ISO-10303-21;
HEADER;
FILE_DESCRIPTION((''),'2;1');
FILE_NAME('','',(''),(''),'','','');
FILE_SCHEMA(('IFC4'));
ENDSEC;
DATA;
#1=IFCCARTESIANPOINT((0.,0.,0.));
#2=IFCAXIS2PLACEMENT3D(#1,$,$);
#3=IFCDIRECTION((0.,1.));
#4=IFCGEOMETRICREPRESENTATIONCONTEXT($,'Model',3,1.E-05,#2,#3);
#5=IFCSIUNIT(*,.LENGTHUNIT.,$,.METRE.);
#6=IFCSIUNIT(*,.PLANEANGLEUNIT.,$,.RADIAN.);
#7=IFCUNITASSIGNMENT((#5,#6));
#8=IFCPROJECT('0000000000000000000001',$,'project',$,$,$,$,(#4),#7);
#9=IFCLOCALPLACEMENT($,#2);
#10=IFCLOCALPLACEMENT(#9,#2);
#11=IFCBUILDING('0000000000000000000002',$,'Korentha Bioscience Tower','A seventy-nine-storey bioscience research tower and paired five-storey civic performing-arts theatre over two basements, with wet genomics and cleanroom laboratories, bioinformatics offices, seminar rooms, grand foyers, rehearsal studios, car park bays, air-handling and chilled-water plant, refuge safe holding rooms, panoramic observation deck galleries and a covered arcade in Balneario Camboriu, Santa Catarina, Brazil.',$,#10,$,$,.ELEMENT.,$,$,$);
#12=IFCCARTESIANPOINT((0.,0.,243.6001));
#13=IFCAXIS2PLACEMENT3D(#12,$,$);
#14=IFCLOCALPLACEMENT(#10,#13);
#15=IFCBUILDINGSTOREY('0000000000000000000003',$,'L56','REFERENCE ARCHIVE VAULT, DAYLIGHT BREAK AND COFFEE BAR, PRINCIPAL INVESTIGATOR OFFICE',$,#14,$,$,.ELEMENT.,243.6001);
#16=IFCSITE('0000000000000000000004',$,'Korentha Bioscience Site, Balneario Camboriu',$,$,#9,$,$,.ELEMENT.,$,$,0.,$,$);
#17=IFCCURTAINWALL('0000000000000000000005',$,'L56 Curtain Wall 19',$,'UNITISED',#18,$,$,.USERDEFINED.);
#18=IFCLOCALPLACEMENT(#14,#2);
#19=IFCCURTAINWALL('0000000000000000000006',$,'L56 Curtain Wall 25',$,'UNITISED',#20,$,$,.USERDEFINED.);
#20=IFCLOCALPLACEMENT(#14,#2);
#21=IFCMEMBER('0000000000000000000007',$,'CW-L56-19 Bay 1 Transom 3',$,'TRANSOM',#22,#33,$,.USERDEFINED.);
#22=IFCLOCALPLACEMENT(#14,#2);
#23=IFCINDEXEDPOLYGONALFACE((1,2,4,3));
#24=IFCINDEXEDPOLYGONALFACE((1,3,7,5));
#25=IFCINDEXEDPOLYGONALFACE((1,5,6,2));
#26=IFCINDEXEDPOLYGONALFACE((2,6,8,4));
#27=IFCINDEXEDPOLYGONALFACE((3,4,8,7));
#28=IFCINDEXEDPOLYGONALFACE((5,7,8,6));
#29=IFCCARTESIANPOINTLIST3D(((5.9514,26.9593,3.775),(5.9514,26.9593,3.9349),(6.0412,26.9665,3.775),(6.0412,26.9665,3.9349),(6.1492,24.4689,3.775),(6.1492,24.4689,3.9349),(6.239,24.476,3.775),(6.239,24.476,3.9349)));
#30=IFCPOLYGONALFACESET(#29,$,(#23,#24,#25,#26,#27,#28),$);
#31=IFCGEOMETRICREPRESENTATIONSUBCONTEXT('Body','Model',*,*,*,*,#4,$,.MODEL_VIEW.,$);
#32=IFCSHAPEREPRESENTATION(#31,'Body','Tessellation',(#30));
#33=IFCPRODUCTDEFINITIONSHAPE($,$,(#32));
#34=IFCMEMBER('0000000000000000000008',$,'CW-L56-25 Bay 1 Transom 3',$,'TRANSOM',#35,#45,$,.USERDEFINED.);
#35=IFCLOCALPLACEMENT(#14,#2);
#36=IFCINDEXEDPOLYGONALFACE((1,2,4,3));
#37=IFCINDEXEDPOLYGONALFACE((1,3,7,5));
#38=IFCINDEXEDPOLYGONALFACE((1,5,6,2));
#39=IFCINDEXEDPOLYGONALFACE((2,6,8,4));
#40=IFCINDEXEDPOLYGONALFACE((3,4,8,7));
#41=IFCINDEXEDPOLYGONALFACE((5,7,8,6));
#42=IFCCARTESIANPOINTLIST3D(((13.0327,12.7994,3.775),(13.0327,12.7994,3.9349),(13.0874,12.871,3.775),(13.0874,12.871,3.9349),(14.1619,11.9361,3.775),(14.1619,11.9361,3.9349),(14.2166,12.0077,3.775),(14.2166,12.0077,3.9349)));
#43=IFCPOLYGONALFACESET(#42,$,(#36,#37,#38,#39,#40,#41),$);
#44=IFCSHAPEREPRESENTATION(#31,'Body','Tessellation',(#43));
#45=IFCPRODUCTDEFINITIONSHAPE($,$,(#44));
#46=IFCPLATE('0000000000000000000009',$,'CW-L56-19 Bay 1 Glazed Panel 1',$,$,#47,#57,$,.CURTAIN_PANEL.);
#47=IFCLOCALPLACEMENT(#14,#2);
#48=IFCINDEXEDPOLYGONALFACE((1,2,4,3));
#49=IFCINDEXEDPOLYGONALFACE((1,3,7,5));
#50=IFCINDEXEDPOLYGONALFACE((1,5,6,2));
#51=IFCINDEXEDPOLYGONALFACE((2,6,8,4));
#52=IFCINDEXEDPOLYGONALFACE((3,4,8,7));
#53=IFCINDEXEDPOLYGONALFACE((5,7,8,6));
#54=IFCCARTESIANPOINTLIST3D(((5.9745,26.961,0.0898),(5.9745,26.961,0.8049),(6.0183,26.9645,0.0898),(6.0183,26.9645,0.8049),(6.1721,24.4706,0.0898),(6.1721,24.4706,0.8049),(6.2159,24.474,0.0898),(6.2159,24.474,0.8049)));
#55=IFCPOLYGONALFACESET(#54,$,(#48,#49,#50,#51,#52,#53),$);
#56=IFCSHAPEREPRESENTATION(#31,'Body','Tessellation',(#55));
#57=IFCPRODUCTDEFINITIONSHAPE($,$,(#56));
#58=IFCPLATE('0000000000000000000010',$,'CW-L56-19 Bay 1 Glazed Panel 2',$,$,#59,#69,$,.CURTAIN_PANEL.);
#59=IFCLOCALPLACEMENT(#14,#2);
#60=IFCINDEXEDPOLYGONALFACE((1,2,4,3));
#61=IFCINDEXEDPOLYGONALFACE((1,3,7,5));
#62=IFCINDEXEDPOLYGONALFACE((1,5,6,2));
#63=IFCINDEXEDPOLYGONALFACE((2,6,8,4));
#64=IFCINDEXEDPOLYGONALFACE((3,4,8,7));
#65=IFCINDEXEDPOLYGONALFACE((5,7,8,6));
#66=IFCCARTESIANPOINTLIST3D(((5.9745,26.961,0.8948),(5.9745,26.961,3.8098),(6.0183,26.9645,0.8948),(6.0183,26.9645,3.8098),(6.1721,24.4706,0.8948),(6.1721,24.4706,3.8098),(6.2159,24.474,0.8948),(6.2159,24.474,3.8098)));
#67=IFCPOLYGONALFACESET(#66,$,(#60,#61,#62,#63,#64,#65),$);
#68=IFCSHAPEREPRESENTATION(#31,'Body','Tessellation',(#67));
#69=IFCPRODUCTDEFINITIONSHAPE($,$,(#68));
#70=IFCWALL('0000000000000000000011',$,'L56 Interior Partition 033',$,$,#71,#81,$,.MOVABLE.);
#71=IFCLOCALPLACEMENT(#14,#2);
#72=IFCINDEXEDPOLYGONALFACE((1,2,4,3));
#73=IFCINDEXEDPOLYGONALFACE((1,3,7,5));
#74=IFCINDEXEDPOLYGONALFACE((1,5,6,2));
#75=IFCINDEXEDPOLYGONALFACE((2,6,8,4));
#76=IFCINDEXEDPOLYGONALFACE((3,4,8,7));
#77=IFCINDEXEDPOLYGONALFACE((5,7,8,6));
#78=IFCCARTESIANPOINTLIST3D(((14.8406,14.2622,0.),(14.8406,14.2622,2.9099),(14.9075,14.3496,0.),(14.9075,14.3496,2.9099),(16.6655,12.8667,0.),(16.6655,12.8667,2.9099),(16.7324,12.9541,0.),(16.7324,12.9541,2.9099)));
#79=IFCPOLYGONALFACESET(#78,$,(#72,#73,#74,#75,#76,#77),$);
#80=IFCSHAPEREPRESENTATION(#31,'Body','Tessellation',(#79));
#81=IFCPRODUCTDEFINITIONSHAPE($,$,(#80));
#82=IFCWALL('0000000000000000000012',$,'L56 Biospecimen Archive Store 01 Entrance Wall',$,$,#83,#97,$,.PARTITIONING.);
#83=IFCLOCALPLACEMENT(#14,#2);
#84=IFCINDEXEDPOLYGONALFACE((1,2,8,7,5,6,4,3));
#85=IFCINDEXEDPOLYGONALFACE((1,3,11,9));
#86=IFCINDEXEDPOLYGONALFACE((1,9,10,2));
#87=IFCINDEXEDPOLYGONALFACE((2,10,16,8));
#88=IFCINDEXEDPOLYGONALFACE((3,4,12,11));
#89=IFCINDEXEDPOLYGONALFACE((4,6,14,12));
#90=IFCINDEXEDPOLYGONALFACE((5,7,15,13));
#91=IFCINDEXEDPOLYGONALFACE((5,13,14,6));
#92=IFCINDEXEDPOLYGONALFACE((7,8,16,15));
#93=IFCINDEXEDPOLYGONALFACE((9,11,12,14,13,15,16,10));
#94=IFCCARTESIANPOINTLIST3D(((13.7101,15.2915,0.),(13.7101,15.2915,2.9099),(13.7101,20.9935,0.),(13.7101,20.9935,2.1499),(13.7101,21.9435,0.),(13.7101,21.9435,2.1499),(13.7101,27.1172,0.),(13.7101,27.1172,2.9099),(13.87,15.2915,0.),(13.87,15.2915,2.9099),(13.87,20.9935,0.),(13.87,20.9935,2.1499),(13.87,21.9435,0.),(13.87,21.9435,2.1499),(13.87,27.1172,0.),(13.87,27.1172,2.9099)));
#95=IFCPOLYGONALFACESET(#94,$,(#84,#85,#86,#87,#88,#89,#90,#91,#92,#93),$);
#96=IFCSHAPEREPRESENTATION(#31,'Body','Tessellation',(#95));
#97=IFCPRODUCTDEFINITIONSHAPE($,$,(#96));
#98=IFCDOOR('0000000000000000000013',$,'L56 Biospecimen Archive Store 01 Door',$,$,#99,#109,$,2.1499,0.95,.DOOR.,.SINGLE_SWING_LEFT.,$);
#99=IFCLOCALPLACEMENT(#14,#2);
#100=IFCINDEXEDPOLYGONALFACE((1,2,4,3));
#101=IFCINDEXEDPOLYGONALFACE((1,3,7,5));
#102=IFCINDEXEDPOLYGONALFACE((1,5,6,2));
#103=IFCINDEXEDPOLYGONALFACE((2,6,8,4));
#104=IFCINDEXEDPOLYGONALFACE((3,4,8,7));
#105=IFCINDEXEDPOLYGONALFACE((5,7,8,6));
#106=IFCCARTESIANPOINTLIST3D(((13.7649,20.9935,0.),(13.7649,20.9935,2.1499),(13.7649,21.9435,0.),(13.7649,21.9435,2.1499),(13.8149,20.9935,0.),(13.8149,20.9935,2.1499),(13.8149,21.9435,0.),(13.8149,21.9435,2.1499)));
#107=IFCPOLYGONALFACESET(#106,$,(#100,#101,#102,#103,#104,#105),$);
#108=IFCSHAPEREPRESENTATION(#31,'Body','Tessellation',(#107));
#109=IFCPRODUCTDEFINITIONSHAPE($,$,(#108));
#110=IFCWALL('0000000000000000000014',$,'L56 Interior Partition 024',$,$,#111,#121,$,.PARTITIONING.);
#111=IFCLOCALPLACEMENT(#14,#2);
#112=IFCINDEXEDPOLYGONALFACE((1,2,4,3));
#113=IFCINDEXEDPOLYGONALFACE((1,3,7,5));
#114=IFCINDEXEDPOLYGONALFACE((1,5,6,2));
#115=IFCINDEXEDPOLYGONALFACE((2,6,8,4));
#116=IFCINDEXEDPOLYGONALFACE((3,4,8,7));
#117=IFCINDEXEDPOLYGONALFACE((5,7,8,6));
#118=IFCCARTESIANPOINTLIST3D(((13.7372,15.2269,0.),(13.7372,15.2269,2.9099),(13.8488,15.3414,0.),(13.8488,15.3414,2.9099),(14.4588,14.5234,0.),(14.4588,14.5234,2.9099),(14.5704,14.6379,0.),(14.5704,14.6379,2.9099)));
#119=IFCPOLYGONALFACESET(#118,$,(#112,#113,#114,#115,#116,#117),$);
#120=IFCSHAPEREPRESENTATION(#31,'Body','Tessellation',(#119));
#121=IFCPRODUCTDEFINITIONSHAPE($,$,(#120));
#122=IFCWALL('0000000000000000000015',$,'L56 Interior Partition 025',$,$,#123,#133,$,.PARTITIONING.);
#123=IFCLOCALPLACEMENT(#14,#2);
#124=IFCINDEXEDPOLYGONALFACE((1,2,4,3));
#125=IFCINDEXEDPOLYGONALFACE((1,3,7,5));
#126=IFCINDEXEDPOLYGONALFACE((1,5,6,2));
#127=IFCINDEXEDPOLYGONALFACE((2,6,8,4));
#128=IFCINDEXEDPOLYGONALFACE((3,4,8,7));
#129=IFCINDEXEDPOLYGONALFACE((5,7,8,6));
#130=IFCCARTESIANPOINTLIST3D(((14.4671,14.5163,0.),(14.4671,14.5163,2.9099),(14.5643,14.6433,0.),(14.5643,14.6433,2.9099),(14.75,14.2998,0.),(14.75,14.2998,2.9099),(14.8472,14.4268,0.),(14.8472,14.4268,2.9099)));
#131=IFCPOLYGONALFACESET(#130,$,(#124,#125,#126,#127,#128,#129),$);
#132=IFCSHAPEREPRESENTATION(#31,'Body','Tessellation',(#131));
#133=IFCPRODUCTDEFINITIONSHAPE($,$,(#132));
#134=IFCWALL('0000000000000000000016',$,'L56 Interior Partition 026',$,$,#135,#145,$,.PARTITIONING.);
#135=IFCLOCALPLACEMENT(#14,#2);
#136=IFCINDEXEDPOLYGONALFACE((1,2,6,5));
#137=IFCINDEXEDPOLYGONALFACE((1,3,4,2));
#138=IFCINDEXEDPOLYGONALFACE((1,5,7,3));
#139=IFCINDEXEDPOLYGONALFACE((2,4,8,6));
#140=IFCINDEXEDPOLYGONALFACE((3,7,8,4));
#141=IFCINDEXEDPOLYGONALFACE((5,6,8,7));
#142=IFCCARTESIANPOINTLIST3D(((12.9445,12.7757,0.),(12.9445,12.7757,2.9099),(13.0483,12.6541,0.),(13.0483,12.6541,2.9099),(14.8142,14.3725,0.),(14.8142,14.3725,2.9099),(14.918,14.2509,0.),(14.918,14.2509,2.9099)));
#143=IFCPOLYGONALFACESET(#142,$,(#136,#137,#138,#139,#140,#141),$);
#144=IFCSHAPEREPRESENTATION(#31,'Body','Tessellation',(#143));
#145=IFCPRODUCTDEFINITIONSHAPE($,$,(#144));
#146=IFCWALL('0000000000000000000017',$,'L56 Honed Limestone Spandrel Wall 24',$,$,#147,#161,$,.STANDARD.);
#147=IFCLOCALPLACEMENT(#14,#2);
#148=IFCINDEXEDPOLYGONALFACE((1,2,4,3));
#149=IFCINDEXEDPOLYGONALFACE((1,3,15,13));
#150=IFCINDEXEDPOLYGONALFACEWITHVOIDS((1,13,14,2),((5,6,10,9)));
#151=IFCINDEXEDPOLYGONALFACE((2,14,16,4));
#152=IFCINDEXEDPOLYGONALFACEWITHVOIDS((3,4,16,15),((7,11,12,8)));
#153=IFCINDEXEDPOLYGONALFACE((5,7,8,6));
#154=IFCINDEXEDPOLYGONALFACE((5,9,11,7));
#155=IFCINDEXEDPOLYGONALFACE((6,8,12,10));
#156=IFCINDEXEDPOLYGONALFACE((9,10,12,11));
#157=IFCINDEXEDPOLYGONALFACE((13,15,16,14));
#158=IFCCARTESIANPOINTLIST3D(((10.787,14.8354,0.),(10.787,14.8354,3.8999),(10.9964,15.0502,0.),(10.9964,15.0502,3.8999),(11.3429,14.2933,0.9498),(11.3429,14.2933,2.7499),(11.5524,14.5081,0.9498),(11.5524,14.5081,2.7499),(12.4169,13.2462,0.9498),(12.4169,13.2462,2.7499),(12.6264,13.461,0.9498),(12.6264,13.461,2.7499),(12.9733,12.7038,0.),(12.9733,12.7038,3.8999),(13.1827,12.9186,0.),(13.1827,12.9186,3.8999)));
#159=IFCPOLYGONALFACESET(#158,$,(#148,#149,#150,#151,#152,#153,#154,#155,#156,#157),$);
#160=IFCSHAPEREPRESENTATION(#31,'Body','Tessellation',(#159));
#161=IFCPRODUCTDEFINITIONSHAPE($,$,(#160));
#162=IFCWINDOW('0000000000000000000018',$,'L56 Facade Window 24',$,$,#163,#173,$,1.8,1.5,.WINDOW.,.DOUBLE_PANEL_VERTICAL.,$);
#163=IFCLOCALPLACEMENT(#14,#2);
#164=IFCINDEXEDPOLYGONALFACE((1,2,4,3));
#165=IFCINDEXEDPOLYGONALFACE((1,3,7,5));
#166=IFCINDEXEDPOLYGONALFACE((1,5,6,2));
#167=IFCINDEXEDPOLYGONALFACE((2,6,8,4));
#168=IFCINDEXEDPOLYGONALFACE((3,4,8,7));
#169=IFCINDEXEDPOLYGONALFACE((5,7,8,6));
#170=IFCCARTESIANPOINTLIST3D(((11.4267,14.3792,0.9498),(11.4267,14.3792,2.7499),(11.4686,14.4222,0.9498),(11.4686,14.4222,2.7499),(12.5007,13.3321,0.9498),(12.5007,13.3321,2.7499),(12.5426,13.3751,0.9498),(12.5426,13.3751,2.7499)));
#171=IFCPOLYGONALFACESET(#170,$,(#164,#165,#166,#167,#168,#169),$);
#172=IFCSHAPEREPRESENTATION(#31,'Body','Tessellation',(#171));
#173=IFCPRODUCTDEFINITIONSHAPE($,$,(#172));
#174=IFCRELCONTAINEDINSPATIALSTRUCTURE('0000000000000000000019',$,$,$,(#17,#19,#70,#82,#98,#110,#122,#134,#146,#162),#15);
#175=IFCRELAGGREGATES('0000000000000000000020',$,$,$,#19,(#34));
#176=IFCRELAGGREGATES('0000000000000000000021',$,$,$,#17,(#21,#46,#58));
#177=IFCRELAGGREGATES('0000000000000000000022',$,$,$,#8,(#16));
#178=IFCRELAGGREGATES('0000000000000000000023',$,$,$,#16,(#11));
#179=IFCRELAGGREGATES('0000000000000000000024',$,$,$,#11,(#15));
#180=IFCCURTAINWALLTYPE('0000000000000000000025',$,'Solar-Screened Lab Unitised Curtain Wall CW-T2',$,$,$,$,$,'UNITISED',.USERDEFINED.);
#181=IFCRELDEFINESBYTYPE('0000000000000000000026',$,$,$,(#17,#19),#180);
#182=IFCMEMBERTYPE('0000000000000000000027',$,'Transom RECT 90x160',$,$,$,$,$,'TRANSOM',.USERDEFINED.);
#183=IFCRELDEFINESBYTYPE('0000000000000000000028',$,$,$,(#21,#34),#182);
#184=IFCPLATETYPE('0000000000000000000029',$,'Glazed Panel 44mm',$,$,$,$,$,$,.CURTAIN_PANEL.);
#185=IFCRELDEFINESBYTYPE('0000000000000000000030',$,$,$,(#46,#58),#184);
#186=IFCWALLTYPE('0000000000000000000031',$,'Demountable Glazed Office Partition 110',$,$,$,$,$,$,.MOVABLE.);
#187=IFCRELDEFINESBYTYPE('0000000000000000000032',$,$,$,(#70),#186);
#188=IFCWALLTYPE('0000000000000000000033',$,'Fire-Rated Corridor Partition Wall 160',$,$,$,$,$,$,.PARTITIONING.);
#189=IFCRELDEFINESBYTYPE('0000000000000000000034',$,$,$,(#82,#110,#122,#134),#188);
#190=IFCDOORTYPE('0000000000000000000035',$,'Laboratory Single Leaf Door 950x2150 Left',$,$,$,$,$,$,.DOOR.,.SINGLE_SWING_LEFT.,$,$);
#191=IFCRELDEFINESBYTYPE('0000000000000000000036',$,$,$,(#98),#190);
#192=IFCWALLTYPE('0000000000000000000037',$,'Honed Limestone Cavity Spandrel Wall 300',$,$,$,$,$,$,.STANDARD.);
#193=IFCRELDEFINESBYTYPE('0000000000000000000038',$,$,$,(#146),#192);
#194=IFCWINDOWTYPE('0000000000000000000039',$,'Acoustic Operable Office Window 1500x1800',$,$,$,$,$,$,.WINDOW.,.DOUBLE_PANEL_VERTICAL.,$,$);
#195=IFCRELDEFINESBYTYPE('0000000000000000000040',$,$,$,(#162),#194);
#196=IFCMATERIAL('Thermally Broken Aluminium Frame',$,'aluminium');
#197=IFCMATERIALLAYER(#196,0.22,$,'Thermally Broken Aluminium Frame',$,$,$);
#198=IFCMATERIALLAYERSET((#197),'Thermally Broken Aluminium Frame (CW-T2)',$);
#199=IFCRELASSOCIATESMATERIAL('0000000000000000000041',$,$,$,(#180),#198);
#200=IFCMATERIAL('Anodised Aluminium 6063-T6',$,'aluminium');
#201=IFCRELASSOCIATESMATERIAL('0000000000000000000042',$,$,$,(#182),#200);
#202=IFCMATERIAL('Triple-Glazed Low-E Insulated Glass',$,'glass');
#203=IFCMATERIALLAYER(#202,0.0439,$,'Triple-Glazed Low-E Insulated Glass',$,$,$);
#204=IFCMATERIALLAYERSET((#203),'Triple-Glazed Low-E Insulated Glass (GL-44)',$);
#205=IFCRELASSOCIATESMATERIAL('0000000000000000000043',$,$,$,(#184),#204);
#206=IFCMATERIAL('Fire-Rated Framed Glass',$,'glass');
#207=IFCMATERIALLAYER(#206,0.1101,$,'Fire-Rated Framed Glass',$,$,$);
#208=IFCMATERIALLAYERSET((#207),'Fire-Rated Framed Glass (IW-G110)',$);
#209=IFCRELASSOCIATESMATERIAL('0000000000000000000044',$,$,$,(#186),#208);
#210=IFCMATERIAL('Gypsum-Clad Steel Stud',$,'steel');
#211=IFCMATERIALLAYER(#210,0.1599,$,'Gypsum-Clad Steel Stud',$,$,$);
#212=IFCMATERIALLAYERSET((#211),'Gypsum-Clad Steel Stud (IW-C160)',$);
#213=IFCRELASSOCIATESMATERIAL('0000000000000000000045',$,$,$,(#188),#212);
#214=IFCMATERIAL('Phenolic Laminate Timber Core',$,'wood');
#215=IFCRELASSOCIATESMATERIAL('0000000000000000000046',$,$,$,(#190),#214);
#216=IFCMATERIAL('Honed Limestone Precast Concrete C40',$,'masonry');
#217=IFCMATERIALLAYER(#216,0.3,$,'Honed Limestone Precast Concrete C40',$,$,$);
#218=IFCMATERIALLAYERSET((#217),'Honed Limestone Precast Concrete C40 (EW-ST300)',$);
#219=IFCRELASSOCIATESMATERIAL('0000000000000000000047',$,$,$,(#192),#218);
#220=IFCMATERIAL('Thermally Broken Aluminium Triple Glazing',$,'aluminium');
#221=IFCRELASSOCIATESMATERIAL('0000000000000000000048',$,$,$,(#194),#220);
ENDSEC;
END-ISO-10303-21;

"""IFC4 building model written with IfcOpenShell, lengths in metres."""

from ifc_helpers import new_model, si_unit, direction, frame, frame_2d, origin, origin_2d, place, context, subcontext, project, spatial, rectangle, extrude, material, layer, layer_set, material_profile, profile_set, type_object, element, fill, aggregate, save


model = new_model("IFC4")

# Units and contexts
model_context = context("Model", 3, precision=1e-05, world=origin(), true_north=direction((0.0, 1.0)))
body_context = subcontext(model_context, "Body", "Model", "MODEL_VIEW")
ifc_project = project(units=[si_unit("LENGTHUNIT", "METRE"), si_unit("PLANEANGLEUNIT", "RADIAN")], contexts=[model_context])

# Site, building, storey
site_placement = place(None, origin())
site = spatial("IfcSite", under=ifc_project, at=site_placement, Name="Korentha Bioscience Site, Balneario Camboriu", CompositionType="ELEMENT", RefElevation=0.0)
building_placement = place(site_placement, origin())
building = spatial("IfcBuilding", under=site, at=building_placement, Name="Korentha Bioscience Tower", Description="A seventy-nine-storey bioscience research tower and paired five-storey civic performing-arts theatre over two basements, with wet genomics and cleanroom laboratories, bioinformatics offices, seminar rooms, grand foyers, rehearsal studios, car park bays, air-handling and chilled-water plant, refuge safe holding rooms, panoramic observation deck galleries and a covered arcade in Balneario Camboriu, Santa Catarina, Brazil.", CompositionType="ELEMENT")
storey_placement = place(building_placement, frame((0.0, 0.0, 243.6001)))
storey = spatial("IfcBuildingStorey", under=building, at=storey_placement, Name="L56", Description="REFERENCE ARCHIVE VAULT, DAYLIGHT BREAK AND COFFEE BAR, PRINCIPAL INVESTIGATOR OFFICE", CompositionType="ELEMENT", Elevation=243.6001)

# Curtain wall
ifc_material_1 = material(Name="Thermally Broken Aluminium Frame", Category="aluminium")
ifc_layer_1 = layer(ifc_material_1, 0.22, Name="Thermally Broken Aluminium Frame")
ifc_layer_set_1 = layer_set([ifc_layer_1], Name="Thermally Broken Aluminium Frame (CW-T2)")
curtain_wall_type = type_object("IfcCurtainWallType", Name="Solar-Screened Lab Unitised Curtain Wall CW-T2", ElementType="UNITISED", PredefinedType="USERDEFINED", material=ifc_layer_set_1)
curtain_wall_1_placement = place(storey_placement, origin())
curtain_wall_1 = element("IfcCurtainWall", 1, at=curtain_wall_1_placement, inside=storey, type_object=curtain_wall_type, Name="L56 Curtain Wall 19", ObjectType="UNITISED", PredefinedType="USERDEFINED")
ifc_material_2 = material(Name="Anodised Aluminium 6063-T6", Category="aluminium")

# Curtain wall
curtain_wall_2_placement = place(storey_placement, origin())
curtain_wall_2 = element("IfcCurtainWall", 2, at=curtain_wall_2_placement, inside=storey, type_object=curtain_wall_type, Name="L56 Curtain Wall 25", ObjectType="UNITISED", PredefinedType="USERDEFINED")

# Members
ifc_material_profile_1 = material_profile(ifc_material_2, rectangle(XDim=0.0901, YDim=0.1599, at=origin_2d()), Name="Anodised Aluminium 6063-T6")
ifc_profile_set_1 = profile_set([ifc_material_profile_1], Name="Anodised Aluminium 6063-T6 (CW-TRN)")
member_type_1 = type_object("IfcMemberType", Name="Transom RECT 90x160", ElementType="TRANSOM", PredefinedType="USERDEFINED", material=ifc_profile_set_1)
member_1_placement = place(storey_placement, frame((5.9963, 26.9629, 3.855), z_axis=(0.079155, -0.996862, 0.0), x_axis=(0.996862, 0.079155, 0.0)))
member_1 = element("IfcMember", 3, at=member_1_placement, type_object=member_type_1, Name="CW-L56-19 Bay 1 Transom 3", ObjectType="TRANSOM", PredefinedType="USERDEFINED", context=body_context, shape_type="SweptSolid", body=[
    extrude(rectangle(XDim=0.0901, YDim=0.1599, at=origin_2d()), origin(), (0.0, 0.0, 1.0), 2.4983),
])
member_2_placement = place(storey_placement, frame((13.0601, 12.8352, 3.855), z_axis=(0.794421, -0.607367, 0.0), x_axis=(0.607367, 0.794421, 0.0)))
member_2 = element("IfcMember", 4, at=member_2_placement, type_object=member_type_1, Name="CW-L56-25 Bay 1 Transom 3", ObjectType="TRANSOM", PredefinedType="USERDEFINED", context=body_context, shape_type="SweptSolid", body=[
    extrude(rectangle(XDim=0.0901, YDim=0.1599, at=origin_2d()), origin(), (0.0, 0.0, 1.0), 1.4214),
])
aggregate(curtain_wall_2, [member_2])

# Plates
ifc_material_3 = material(Name="Triple-Glazed Low-E Insulated Glass", Category="glass")
ifc_layer_2 = layer(ifc_material_3, 0.0439, Name="Triple-Glazed Low-E Insulated Glass")
ifc_layer_set_2 = layer_set([ifc_layer_2], Name="Triple-Glazed Low-E Insulated Glass (GL-44)")
plate_type = type_object("IfcPlateType", Name="Glazed Panel 44mm", PredefinedType="CURTAIN_PANEL", material=ifc_layer_set_2)
plate_1_placement = place(storey_placement, frame((6.0952, 25.7175, 0.0898), z_axis=(0.0, 0.0, 1.0), x_axis=(0.079117, -0.996865, 0.0)))
plate_1 = element("IfcPlate", 5, at=plate_1_placement, type_object=plate_type, Name="CW-L56-19 Bay 1 Glazed Panel 1", PredefinedType="CURTAIN_PANEL", context=body_context, shape_type="SweptSolid", body=[
    extrude(rectangle(XDim=2.4983, YDim=0.0439, at=origin_2d()), origin(), (0.0, 0.0, 1.0), 0.7151),
])
plate_2_placement = place(storey_placement, frame((6.0952, 25.7175, 0.8948), z_axis=(0.0, 0.0, 1.0), x_axis=(0.079117, -0.996865, 0.0)))
plate_2 = element("IfcPlate", 6, at=plate_2_placement, type_object=plate_type, Name="CW-L56-19 Bay 1 Glazed Panel 2", PredefinedType="CURTAIN_PANEL", context=body_context, shape_type="SweptSolid", body=[
    extrude(rectangle(XDim=2.4983, YDim=0.0439, at=origin_2d()), origin(), (0.0, 0.0, 1.0), 2.915),
])
aggregate(curtain_wall_1, [member_1, plate_1, plate_2])

# Wall
ifc_material_4 = material(Name="Fire-Rated Framed Glass", Category="glass")
ifc_layer_3 = layer(ifc_material_4, 0.1101, Name="Fire-Rated Framed Glass")
ifc_layer_set_3 = layer_set([ifc_layer_3], Name="Fire-Rated Framed Glass (IW-G110)")
wall_type_1 = type_object("IfcWallType", Name="Demountable Glazed Office Partition 110", PredefinedType="MOVABLE", material=ifc_layer_set_3)
wall_1_placement = place(storey_placement, frame((14.874, 14.3059, 0.0), z_axis=(0.0, 0.0, 1.0), x_axis=(0.794367, -0.607438, 0.0)))
element("IfcWall", 7, at=wall_1_placement, inside=storey, type_object=wall_type_1, Name="L56 Interior Partition 033", PredefinedType="MOVABLE", context=body_context, shape_type="SweptSolid", body=[
    extrude(rectangle(XDim=2.2974, YDim=0.1101, at=frame_2d((1.1487, 0.0))), origin(), (0.0, 0.0, 1.0), 2.9099),
])

# Wall, opening, door
ifc_material_5 = material(Name="Gypsum-Clad Steel Stud", Category="steel")
ifc_layer_4 = layer(ifc_material_5, 0.1599, Name="Gypsum-Clad Steel Stud")
ifc_layer_set_4 = layer_set([ifc_layer_4], Name="Gypsum-Clad Steel Stud (IW-C160)")
wall_type_2 = type_object("IfcWallType", Name="Fire-Rated Corridor Partition Wall 160", PredefinedType="PARTITIONING", material=ifc_layer_set_4)
wall_2_placement = place(storey_placement, frame((13.79, 27.1172, 0.0), z_axis=(0.0, 0.0, 1.0), x_axis=(0.0, -1.0, 0.0)))
wall_2 = element("IfcWall", 8, at=wall_2_placement, inside=storey, type_object=wall_type_2, Name="L56 Biospecimen Archive Store 01 Entrance Wall", PredefinedType="PARTITIONING", context=body_context, shape_type="SweptSolid", body=[
    extrude(rectangle(XDim=11.8257, YDim=0.1599, at=frame_2d((5.9128, 0.0))), origin(), (0.0, 0.0, 1.0), 2.9099),
])
opening_1_placement = place(wall_2_placement, frame((5.1736, 0.0, 0.0)))
opening_1 = element("IfcOpeningElement", 9, at=opening_1_placement, cuts=wall_2, PredefinedType="OPENING", context=body_context, shape_type="SweptSolid", body=[
    extrude(rectangle(XDim=0.95, YDim=2.1499, at=frame_2d((0.4751, 1.075))), frame((0.0, 0.0947, 0.0), z_axis=(0.0, -1.0, 0.0), x_axis=(1.0, 0.0, 0.0)), (0.0, 0.0, 1.0), 0.1897),
])
ifc_material_6 = material(Name="Phenolic Laminate Timber Core", Category="wood")
door_type = type_object("IfcDoorType", Name="Laboratory Single Leaf Door 950x2150 Left", OperationType="SINGLE_SWING_LEFT", PredefinedType="DOOR", material=ifc_material_6)
door_placement = place(opening_1_placement, origin())
door = element("IfcDoor", 10, at=door_placement, inside=storey, type_object=door_type, Name="L56 Biospecimen Archive Store 01 Door", OperationType="SINGLE_SWING_LEFT", OverallHeight=2.1499, OverallWidth=0.95, PredefinedType="DOOR", context=body_context, shape_type="SweptSolid", body=[
    extrude(rectangle(XDim=0.95, YDim=2.1499, at=frame_2d((0.4751, 1.075))), frame((0.0, 0.0249, 0.0), z_axis=(0.0, -1.0, 0.0), x_axis=(1.0, 0.0, 0.0)), (0.0, 0.0, 1.0), 0.05),
])
fill(opening_1, door)

# Walls
wall_3_placement = place(storey_placement, frame((13.793, 15.2842, 0.0), z_axis=(0.0, 0.0, 1.0), x_axis=(0.716012, -0.698088, 0.0)))
element("IfcWall", 11, at=wall_3_placement, inside=storey, type_object=wall_type_2, Name="L56 Interior Partition 024", PredefinedType="PARTITIONING", context=body_context, shape_type="SweptSolid", body=[
    extrude(rectangle(XDim=1.0078, YDim=0.1599, at=frame_2d((0.5039, 0.0))), origin(), (0.0, 0.0, 1.0), 2.9099),
])
wall_4_placement = place(storey_placement, frame((14.5156, 14.5798, 0.0), z_axis=(0.0, 0.0, 1.0), x_axis=(0.794124, -0.607755, 0.0)))
element("IfcWall", 12, at=wall_4_placement, inside=storey, type_object=wall_type_2, Name="L56 Interior Partition 025", PredefinedType="PARTITIONING", context=body_context, shape_type="SweptSolid", body=[
    extrude(rectangle(XDim=0.3562, YDim=0.1599, at=frame_2d((0.1782, 0.0))), origin(), (0.0, 0.0, 1.0), 2.9099),
])
wall_5_placement = place(storey_placement, frame((14.8662, 14.3118, 0.0), z_axis=(0.0, 0.0, 1.0), x_axis=(-0.760433, -0.649416, 0.0)))
element("IfcWall", 13, at=wall_5_placement, inside=storey, type_object=wall_type_2, Name="L56 Interior Partition 026", PredefinedType="PARTITIONING", context=body_context, shape_type="SweptSolid", body=[
    extrude(rectangle(XDim=2.4587, YDim=0.1599, at=frame_2d((1.2295, 0.0))), origin(), (0.0, 0.0, 1.0), 2.9099),
])

# Wall, opening, window
ifc_material_7 = material(Name="Honed Limestone Precast Concrete C40", Category="masonry")
ifc_layer_5 = layer(ifc_material_7, 0.3, Name="Honed Limestone Precast Concrete C40")
ifc_layer_set_5 = layer_set([ifc_layer_5], Name="Honed Limestone Precast Concrete C40 (EW-ST300)")
wall_type_3 = type_object("IfcWallType", Name="Honed Limestone Cavity Spandrel Wall 300", PredefinedType="STANDARD", material=ifc_layer_set_5)
wall_6_placement = place(storey_placement, frame((10.8916, 14.9429, 0.0), z_axis=(0.0, 0.0, 1.0), x_axis=(0.716005, -0.698095, 0.0)))
wall_6 = element("IfcWall", 14, at=wall_6_placement, inside=storey, type_object=wall_type_3, Name="L56 Honed Limestone Spandrel Wall 24", PredefinedType="STANDARD", context=body_context, shape_type="SweptSolid", body=[
    extrude(rectangle(XDim=3.0535, YDim=0.3, at=frame_2d((1.5269, 0.0))), origin(), (0.0, 0.0, 1.0), 3.8999),
])
opening_2_placement = place(wall_6_placement, frame((0.7766, 0.0, 0.95)))
opening_2 = element("IfcOpeningElement", 15, at=opening_2_placement, cuts=wall_6, PredefinedType="OPENING", context=body_context, shape_type="SweptSolid", body=[
    extrude(rectangle(XDim=1.5, YDim=1.8, at=frame_2d((0.75, 0.8999))), frame((0.0, 0.165, 0.0), z_axis=(0.0, -1.0, 0.0), x_axis=(1.0, 0.0, 0.0)), (0.0, 0.0, 1.0), 0.3298),
])
ifc_material_8 = material(Name="Thermally Broken Aluminium Triple Glazing", Category="aluminium")
window_type = type_object("IfcWindowType", Name="Acoustic Operable Office Window 1500x1800", PartitioningType="DOUBLE_PANEL_VERTICAL", PredefinedType="WINDOW", material=ifc_material_8)
window_placement = place(opening_2_placement, origin())
window = element("IfcWindow", 16, at=window_placement, inside=storey, type_object=window_type, Name="L56 Facade Window 24", OverallHeight=1.8, OverallWidth=1.5, PartitioningType="DOUBLE_PANEL_VERTICAL", PredefinedType="WINDOW", context=body_context, shape_type="SweptSolid", body=[
    extrude(rectangle(XDim=1.5, YDim=1.8, at=frame_2d((0.75, 0.8999))), frame((0.0, 0.03, 0.0), z_axis=(0.0, -1.0, 0.0), x_axis=(1.0, 0.0, 0.0)), (0.0, 0.0, 1.0), 0.0601),
])
fill(opening_2, window)

save(model, "model.ifc")
